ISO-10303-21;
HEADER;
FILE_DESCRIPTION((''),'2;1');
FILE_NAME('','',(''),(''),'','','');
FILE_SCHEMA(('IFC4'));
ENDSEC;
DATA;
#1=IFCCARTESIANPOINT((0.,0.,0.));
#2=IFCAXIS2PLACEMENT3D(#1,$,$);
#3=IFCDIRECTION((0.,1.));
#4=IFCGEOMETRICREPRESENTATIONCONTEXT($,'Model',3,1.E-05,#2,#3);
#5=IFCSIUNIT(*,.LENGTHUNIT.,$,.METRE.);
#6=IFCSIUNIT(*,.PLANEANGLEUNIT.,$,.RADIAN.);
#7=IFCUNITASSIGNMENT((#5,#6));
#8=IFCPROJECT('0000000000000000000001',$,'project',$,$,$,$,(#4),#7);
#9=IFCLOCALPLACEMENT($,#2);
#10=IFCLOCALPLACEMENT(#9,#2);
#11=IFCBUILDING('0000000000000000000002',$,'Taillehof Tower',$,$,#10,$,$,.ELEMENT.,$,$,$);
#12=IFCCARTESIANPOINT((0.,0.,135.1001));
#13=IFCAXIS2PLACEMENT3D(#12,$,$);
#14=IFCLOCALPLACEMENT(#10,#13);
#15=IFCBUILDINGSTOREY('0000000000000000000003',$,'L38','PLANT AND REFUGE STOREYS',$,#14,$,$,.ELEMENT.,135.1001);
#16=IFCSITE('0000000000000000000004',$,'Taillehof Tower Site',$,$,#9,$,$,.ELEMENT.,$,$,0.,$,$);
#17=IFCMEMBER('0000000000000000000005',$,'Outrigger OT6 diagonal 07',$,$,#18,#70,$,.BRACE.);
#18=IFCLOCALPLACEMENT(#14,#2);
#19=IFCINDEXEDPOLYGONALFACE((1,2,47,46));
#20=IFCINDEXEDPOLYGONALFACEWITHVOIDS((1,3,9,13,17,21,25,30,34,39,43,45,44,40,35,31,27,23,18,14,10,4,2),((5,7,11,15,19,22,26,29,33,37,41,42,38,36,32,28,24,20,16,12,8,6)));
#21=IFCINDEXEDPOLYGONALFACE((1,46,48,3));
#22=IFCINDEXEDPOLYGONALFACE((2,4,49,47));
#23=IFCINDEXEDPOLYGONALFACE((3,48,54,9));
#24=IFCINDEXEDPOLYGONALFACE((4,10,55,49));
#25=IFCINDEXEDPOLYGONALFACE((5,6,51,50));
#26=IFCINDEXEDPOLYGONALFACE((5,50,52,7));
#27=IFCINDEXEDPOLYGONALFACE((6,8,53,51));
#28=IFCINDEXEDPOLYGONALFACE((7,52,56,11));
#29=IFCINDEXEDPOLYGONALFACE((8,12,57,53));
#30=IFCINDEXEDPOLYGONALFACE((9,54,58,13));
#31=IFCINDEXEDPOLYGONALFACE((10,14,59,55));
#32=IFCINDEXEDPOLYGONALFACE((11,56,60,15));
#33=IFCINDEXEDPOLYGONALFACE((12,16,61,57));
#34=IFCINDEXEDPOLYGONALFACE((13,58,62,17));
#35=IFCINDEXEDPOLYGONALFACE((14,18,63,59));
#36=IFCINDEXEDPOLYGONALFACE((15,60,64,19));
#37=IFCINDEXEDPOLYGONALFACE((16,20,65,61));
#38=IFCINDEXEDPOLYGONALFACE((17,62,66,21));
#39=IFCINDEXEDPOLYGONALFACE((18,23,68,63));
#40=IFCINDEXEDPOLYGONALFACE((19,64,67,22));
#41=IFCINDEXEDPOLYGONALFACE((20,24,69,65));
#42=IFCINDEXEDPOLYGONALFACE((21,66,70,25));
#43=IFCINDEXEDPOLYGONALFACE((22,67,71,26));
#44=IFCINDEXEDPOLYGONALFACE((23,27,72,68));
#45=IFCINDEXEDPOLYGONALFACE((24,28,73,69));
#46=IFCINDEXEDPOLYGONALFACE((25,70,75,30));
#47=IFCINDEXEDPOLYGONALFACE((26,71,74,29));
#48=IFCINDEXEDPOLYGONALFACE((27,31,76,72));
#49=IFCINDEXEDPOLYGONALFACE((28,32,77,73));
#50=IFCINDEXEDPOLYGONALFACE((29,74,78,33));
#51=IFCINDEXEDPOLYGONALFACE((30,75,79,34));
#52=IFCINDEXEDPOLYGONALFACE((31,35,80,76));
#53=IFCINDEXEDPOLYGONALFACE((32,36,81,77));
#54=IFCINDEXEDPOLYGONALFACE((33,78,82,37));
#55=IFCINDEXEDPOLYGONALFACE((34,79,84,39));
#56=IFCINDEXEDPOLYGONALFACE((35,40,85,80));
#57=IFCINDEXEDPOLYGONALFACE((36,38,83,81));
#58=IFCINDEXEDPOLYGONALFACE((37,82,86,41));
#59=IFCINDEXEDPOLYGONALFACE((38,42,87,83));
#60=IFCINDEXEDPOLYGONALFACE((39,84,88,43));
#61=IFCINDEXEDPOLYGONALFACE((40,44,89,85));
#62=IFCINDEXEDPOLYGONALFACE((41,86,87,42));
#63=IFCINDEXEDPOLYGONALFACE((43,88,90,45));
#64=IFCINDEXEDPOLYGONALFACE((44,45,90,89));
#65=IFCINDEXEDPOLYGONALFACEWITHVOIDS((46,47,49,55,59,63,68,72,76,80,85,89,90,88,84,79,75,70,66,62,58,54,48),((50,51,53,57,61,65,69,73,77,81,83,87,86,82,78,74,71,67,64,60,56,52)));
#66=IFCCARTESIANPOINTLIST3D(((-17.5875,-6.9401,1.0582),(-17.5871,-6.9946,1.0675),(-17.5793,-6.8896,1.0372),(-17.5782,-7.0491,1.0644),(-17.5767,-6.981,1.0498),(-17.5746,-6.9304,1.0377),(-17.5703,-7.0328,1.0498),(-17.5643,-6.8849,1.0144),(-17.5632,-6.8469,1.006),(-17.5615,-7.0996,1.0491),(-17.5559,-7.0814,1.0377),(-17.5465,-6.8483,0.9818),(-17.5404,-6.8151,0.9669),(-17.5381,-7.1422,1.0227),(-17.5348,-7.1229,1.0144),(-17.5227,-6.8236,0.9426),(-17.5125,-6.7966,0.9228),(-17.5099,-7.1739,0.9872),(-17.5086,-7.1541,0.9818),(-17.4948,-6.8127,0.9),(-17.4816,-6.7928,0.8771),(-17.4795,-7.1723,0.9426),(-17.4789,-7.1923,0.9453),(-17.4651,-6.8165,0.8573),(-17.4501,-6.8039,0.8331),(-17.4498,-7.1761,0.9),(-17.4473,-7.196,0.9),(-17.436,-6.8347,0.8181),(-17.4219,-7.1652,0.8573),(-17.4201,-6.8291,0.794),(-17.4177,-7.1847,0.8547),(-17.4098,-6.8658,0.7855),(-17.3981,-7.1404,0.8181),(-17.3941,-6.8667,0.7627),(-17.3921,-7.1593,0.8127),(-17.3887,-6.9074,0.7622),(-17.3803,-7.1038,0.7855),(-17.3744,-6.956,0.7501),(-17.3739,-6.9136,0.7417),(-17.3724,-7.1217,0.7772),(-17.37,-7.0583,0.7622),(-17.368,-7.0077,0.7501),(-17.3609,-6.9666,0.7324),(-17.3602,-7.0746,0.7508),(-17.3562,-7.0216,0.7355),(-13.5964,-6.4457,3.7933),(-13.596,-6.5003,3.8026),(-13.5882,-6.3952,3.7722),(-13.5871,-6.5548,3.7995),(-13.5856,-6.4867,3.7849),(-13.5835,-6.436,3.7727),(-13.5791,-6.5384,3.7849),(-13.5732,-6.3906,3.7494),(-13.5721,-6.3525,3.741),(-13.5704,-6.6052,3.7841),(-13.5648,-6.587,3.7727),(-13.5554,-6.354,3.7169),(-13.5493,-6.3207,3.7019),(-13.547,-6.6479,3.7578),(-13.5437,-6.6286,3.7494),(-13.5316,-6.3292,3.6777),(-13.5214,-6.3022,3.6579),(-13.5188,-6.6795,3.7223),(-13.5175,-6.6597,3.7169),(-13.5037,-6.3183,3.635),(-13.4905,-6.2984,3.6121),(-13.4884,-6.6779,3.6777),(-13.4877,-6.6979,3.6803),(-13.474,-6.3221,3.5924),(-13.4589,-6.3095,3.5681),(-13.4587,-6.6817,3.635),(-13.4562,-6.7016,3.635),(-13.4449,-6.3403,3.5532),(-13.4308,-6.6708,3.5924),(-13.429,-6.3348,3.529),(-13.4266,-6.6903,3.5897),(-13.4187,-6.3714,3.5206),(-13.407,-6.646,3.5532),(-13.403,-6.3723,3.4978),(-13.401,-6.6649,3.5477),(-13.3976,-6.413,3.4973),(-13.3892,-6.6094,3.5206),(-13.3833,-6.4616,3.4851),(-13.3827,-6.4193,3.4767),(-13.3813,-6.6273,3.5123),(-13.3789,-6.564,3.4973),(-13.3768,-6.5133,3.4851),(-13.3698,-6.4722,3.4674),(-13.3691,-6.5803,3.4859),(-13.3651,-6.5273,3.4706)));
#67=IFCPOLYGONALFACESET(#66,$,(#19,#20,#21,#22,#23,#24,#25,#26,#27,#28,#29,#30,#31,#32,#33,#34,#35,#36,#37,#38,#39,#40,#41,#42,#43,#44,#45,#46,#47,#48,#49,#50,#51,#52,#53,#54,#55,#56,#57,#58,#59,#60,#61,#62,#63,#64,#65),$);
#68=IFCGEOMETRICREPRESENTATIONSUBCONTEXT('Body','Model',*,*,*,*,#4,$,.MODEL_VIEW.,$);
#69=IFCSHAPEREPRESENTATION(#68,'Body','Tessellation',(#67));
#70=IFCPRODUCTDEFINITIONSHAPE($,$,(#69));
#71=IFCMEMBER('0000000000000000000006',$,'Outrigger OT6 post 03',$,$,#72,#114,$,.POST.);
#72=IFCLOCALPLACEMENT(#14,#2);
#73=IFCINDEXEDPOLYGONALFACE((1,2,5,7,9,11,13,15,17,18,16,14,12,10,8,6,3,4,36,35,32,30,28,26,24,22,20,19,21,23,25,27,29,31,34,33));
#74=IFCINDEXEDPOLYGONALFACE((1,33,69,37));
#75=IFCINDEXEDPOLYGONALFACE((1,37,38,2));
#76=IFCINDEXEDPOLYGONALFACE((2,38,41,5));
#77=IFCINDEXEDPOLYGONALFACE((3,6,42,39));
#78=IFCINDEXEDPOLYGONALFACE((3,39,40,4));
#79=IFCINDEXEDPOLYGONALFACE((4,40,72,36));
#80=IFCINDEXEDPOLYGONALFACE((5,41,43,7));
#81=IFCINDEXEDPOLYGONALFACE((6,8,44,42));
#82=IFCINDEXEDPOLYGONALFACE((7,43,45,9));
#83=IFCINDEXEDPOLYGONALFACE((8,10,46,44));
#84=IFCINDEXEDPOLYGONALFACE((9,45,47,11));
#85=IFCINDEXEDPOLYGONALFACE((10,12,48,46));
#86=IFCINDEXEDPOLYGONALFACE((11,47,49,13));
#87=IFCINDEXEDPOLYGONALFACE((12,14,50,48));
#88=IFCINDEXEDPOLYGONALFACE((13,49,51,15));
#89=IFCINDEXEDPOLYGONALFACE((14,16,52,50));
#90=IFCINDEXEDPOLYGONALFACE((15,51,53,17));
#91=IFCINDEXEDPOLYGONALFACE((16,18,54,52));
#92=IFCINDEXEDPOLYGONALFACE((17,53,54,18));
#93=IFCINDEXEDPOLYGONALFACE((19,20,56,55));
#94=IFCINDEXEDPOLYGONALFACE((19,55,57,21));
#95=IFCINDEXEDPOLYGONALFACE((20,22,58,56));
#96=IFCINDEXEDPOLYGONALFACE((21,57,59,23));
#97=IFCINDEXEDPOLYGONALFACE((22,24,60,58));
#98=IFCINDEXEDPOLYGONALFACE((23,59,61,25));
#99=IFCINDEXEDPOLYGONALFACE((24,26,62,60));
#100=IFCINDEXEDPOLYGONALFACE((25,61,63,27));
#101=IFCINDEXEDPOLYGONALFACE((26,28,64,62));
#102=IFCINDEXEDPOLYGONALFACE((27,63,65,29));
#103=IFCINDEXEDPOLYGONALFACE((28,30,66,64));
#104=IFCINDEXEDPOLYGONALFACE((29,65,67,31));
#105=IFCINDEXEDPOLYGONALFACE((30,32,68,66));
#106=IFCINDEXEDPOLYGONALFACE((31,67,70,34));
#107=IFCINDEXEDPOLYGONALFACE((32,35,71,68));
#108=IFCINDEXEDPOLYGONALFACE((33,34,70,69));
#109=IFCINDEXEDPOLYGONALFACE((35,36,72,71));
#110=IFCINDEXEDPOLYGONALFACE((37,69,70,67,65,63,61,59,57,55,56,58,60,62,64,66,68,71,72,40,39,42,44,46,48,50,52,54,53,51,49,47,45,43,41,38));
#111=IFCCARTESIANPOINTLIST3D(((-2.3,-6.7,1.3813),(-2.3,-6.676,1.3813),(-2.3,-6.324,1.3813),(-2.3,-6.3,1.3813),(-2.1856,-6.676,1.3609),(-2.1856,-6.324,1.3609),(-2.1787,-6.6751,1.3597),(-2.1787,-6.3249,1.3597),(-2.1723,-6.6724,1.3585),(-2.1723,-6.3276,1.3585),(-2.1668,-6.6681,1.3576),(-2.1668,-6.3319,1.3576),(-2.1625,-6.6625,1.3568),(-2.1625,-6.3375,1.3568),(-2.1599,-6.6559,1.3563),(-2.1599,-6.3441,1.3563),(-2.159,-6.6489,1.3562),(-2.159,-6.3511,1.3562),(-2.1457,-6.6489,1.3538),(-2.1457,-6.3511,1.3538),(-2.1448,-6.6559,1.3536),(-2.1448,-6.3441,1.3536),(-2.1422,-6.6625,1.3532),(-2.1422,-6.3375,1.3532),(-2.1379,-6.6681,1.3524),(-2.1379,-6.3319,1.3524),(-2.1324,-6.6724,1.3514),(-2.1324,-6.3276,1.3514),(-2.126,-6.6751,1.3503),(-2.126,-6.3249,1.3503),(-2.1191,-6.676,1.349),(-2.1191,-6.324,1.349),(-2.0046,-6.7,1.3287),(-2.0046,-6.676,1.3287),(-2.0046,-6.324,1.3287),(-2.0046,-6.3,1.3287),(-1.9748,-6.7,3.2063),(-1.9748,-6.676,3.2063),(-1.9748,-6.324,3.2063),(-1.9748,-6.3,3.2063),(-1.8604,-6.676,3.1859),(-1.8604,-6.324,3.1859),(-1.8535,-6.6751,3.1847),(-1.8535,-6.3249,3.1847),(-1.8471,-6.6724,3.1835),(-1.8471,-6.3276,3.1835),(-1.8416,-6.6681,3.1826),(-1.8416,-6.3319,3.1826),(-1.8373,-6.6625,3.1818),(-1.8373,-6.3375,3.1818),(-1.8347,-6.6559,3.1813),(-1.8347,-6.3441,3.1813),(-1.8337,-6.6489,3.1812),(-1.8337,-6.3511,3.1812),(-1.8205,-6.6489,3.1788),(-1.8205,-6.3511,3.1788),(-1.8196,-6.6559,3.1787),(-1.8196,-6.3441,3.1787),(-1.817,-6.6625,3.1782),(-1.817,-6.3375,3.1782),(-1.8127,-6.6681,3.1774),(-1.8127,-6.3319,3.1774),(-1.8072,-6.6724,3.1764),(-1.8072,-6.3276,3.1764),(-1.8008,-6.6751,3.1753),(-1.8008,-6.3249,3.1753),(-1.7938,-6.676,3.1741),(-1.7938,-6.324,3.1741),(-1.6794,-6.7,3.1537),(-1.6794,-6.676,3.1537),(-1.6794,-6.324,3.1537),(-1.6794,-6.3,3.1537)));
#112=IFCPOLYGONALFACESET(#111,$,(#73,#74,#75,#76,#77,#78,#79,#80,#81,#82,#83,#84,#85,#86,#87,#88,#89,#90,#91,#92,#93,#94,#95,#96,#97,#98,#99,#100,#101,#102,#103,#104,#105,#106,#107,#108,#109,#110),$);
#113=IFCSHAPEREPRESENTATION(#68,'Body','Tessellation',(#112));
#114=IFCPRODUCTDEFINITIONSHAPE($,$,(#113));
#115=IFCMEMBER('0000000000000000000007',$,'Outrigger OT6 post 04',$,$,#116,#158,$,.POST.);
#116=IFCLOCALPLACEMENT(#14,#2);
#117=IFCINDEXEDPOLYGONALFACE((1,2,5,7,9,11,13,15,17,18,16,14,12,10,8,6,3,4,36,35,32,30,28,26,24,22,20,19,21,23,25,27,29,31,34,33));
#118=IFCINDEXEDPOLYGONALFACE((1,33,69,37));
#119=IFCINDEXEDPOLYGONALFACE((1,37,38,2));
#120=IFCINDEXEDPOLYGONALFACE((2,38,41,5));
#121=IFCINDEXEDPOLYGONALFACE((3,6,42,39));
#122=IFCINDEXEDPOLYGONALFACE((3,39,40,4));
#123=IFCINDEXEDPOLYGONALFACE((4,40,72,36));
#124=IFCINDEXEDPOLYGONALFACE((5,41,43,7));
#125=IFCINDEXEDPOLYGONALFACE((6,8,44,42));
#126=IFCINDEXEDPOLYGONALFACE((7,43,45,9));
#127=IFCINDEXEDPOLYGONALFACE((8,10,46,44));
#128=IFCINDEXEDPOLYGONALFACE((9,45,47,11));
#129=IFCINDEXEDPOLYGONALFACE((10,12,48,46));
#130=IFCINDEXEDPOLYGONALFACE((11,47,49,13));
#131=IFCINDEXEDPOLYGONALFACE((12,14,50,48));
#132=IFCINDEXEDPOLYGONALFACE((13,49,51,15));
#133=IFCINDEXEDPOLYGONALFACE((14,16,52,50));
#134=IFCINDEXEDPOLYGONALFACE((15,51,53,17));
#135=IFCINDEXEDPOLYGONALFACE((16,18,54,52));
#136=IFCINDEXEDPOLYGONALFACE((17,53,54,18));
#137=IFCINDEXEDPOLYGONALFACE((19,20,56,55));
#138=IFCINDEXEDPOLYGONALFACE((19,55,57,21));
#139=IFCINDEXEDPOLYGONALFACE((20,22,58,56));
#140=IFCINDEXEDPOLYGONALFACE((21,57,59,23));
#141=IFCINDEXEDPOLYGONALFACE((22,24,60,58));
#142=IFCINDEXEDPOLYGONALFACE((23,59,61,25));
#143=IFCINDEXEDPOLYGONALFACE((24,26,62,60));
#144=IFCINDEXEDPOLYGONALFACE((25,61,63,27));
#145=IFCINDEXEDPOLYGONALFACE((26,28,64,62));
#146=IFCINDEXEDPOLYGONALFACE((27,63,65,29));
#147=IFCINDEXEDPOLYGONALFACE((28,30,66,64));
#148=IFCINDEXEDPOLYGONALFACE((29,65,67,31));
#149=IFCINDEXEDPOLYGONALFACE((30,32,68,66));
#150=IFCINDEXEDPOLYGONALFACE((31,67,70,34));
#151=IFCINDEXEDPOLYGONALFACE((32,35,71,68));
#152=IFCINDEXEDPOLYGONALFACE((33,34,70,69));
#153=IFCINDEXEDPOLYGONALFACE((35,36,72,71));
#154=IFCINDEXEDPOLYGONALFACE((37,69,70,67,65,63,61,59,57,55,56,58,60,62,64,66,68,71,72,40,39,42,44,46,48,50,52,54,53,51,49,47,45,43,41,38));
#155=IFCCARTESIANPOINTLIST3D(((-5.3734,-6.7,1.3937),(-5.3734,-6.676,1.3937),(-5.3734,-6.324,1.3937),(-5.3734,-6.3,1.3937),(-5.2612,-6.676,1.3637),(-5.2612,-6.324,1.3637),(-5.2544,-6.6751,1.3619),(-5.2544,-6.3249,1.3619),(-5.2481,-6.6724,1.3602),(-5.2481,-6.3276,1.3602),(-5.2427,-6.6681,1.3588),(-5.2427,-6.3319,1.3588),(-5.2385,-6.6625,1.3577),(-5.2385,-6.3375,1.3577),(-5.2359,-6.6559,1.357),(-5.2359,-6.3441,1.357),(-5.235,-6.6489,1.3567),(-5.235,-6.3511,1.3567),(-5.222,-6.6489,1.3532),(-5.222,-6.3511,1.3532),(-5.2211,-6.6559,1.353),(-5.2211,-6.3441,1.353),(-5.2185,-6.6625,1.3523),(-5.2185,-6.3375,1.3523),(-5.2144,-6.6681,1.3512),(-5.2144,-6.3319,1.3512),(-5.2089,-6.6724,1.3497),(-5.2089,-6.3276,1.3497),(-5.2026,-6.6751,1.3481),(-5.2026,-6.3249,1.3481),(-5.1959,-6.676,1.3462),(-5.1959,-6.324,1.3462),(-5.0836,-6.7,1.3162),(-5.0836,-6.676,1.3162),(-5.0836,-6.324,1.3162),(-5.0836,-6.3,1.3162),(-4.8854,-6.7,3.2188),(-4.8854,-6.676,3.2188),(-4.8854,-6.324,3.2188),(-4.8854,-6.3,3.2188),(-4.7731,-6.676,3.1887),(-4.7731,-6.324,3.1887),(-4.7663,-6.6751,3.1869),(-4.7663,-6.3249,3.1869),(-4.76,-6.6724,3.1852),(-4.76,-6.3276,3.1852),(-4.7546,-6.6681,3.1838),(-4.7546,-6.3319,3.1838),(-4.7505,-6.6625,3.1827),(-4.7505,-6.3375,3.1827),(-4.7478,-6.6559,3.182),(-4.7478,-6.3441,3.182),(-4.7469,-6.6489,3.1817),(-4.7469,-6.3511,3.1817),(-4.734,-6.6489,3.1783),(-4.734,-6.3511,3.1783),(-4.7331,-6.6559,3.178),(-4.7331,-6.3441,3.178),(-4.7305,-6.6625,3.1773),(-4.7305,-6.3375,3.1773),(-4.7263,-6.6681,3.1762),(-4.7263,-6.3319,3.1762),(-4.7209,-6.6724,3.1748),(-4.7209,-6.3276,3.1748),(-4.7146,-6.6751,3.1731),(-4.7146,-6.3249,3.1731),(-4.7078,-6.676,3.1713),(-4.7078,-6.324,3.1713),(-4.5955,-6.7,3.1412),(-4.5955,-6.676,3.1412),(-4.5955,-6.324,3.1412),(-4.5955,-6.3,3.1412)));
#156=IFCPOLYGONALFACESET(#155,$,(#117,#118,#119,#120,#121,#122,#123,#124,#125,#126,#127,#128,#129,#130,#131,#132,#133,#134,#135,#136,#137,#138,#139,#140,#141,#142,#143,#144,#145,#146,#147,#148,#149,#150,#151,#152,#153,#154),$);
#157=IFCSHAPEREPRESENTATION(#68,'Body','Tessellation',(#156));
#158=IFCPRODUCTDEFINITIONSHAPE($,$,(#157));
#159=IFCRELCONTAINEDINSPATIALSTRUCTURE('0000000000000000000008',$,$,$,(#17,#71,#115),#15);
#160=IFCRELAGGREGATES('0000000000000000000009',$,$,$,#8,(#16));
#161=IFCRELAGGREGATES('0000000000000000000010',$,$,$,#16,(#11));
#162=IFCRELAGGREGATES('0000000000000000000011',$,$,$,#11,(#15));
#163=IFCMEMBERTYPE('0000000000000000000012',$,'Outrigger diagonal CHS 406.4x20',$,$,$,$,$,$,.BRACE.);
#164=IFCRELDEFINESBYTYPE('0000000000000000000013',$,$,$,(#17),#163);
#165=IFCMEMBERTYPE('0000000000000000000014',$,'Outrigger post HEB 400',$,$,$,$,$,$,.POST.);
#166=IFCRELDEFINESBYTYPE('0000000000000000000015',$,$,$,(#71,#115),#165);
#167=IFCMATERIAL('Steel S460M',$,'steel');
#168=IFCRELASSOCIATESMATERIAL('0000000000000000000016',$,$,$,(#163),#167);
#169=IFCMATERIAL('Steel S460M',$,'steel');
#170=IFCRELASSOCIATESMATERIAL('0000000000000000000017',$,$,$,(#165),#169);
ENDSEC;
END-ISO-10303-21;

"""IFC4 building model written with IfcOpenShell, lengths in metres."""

from ifc_helpers import new_model, si_unit, direction, frame, origin, origin_2d, place, context, subcontext, project, spatial, hollow_circle, i_section, extrude, material, material_profile, profile_set, type_object, element, save


model = new_model("IFC4")

# Units and contexts
model_context = context("Model", 3, precision=1e-05, world=origin(), true_north=direction((0.0, 1.0)))
body_context = subcontext(model_context, "Body", "Model", "MODEL_VIEW")
ifc_project = project(units=[si_unit("LENGTHUNIT", "METRE"), si_unit("PLANEANGLEUNIT", "RADIAN")], contexts=[model_context])

# Site, building, storey
site_placement = place(None, origin())
site = spatial("IfcSite", under=ifc_project, at=site_placement, Name="Taillehof Tower Site", CompositionType="ELEMENT", RefElevation=0.0)
building_placement = place(site_placement, origin())
building = spatial("IfcBuilding", under=site, at=building_placement, Name="Taillehof Tower", CompositionType="ELEMENT")
storey_placement = place(building_placement, frame((0.0, 0.0, 135.1001)))
storey = spatial("IfcBuildingStorey", under=building, at=storey_placement, Name="L38", Description="PLANT AND REFUGE STOREYS", CompositionType="ELEMENT", Elevation=135.1001)

# Members
ifc_material_1 = material(Name="Steel S460M", Category="steel")
ifc_material_profile_1 = material_profile(ifc_material_1, hollow_circle(Radius=0.2031, WallThickness=0.02, at=origin_2d()), Name="CHS 406.4x20")
ifc_profile_set_1 = profile_set([ifc_material_profile_1], Name="Steel S460M")
member_type_1 = type_object("IfcMemberType", Name="Outrigger diagonal CHS 406.4x20", PredefinedType="BRACE", material=ifc_profile_set_1)
member_1_placement = place(storey_placement, frame((-13.4812, -6.5, 3.635), z_axis=(-0.820622, -0.101649, -0.562358), x_axis=(0.122929, -0.992415, 0.0)))
element("IfcMember", 1, at=member_1_placement, inside=storey, type_object=member_type_1, Name="Outrigger OT6 diagonal 07", PredefinedType="BRACE", context=body_context, shape_type="SweptSolid", body=[
    extrude(hollow_circle(Radius=0.2031, WallThickness=0.02, at=origin_2d()), origin(), (0.0, 0.0, 1.0), 4.8635),
])
ifc_material_2 = material(Name="Steel S460M", Category="steel")
ifc_material_profile_2 = material_profile(ifc_material_2, i_section(OverallWidth=0.3, OverallDepth=0.3999, WebThickness=0.0134, FlangeThickness=0.0239, FilletRadius=0.0271, at=origin_2d()), Name="HEB 400")
ifc_profile_set_2 = profile_set([ifc_material_profile_2], Name="Steel S460M")
member_type_2 = type_object("IfcMemberType", Name="Outrigger post HEB 400", PredefinedType="POST", material=ifc_profile_set_2)
member_2_placement = place(storey_placement, frame((-2.1523, -6.5, 1.355), z_axis=(0.175431, 0.0, 0.984492), x_axis=(-0.984492, 0.0, 0.175431)))
element("IfcMember", 2, at=member_2_placement, inside=storey, type_object=member_type_2, Name="Outrigger OT6 post 03", PredefinedType="POST", context=body_context, shape_type="SweptSolid", body=[
    extrude(i_section(OverallWidth=0.3, OverallDepth=0.3999, WebThickness=0.0134, FlangeThickness=0.0239, FilletRadius=0.0271, at=origin_2d()), origin(), (0.0, 0.0, 1.0), 1.8538),
])
member_3_placement = place(storey_placement, frame((-5.2285, -6.5, 1.355), z_axis=(0.258346, 0.0, 0.966052), x_axis=(-0.966052, 0.0, 0.258346)))
element("IfcMember", 3, at=member_3_placement, inside=storey, type_object=member_type_2, Name="Outrigger OT6 post 04", PredefinedType="POST", context=body_context, shape_type="SweptSolid", body=[
    extrude(i_section(OverallWidth=0.3, OverallDepth=0.3999, WebThickness=0.0134, FlangeThickness=0.0239, FilletRadius=0.0271, at=origin_2d()), origin(), (0.0, 0.0, 1.0), 1.8892),
])

save(model, "model.ifc")
